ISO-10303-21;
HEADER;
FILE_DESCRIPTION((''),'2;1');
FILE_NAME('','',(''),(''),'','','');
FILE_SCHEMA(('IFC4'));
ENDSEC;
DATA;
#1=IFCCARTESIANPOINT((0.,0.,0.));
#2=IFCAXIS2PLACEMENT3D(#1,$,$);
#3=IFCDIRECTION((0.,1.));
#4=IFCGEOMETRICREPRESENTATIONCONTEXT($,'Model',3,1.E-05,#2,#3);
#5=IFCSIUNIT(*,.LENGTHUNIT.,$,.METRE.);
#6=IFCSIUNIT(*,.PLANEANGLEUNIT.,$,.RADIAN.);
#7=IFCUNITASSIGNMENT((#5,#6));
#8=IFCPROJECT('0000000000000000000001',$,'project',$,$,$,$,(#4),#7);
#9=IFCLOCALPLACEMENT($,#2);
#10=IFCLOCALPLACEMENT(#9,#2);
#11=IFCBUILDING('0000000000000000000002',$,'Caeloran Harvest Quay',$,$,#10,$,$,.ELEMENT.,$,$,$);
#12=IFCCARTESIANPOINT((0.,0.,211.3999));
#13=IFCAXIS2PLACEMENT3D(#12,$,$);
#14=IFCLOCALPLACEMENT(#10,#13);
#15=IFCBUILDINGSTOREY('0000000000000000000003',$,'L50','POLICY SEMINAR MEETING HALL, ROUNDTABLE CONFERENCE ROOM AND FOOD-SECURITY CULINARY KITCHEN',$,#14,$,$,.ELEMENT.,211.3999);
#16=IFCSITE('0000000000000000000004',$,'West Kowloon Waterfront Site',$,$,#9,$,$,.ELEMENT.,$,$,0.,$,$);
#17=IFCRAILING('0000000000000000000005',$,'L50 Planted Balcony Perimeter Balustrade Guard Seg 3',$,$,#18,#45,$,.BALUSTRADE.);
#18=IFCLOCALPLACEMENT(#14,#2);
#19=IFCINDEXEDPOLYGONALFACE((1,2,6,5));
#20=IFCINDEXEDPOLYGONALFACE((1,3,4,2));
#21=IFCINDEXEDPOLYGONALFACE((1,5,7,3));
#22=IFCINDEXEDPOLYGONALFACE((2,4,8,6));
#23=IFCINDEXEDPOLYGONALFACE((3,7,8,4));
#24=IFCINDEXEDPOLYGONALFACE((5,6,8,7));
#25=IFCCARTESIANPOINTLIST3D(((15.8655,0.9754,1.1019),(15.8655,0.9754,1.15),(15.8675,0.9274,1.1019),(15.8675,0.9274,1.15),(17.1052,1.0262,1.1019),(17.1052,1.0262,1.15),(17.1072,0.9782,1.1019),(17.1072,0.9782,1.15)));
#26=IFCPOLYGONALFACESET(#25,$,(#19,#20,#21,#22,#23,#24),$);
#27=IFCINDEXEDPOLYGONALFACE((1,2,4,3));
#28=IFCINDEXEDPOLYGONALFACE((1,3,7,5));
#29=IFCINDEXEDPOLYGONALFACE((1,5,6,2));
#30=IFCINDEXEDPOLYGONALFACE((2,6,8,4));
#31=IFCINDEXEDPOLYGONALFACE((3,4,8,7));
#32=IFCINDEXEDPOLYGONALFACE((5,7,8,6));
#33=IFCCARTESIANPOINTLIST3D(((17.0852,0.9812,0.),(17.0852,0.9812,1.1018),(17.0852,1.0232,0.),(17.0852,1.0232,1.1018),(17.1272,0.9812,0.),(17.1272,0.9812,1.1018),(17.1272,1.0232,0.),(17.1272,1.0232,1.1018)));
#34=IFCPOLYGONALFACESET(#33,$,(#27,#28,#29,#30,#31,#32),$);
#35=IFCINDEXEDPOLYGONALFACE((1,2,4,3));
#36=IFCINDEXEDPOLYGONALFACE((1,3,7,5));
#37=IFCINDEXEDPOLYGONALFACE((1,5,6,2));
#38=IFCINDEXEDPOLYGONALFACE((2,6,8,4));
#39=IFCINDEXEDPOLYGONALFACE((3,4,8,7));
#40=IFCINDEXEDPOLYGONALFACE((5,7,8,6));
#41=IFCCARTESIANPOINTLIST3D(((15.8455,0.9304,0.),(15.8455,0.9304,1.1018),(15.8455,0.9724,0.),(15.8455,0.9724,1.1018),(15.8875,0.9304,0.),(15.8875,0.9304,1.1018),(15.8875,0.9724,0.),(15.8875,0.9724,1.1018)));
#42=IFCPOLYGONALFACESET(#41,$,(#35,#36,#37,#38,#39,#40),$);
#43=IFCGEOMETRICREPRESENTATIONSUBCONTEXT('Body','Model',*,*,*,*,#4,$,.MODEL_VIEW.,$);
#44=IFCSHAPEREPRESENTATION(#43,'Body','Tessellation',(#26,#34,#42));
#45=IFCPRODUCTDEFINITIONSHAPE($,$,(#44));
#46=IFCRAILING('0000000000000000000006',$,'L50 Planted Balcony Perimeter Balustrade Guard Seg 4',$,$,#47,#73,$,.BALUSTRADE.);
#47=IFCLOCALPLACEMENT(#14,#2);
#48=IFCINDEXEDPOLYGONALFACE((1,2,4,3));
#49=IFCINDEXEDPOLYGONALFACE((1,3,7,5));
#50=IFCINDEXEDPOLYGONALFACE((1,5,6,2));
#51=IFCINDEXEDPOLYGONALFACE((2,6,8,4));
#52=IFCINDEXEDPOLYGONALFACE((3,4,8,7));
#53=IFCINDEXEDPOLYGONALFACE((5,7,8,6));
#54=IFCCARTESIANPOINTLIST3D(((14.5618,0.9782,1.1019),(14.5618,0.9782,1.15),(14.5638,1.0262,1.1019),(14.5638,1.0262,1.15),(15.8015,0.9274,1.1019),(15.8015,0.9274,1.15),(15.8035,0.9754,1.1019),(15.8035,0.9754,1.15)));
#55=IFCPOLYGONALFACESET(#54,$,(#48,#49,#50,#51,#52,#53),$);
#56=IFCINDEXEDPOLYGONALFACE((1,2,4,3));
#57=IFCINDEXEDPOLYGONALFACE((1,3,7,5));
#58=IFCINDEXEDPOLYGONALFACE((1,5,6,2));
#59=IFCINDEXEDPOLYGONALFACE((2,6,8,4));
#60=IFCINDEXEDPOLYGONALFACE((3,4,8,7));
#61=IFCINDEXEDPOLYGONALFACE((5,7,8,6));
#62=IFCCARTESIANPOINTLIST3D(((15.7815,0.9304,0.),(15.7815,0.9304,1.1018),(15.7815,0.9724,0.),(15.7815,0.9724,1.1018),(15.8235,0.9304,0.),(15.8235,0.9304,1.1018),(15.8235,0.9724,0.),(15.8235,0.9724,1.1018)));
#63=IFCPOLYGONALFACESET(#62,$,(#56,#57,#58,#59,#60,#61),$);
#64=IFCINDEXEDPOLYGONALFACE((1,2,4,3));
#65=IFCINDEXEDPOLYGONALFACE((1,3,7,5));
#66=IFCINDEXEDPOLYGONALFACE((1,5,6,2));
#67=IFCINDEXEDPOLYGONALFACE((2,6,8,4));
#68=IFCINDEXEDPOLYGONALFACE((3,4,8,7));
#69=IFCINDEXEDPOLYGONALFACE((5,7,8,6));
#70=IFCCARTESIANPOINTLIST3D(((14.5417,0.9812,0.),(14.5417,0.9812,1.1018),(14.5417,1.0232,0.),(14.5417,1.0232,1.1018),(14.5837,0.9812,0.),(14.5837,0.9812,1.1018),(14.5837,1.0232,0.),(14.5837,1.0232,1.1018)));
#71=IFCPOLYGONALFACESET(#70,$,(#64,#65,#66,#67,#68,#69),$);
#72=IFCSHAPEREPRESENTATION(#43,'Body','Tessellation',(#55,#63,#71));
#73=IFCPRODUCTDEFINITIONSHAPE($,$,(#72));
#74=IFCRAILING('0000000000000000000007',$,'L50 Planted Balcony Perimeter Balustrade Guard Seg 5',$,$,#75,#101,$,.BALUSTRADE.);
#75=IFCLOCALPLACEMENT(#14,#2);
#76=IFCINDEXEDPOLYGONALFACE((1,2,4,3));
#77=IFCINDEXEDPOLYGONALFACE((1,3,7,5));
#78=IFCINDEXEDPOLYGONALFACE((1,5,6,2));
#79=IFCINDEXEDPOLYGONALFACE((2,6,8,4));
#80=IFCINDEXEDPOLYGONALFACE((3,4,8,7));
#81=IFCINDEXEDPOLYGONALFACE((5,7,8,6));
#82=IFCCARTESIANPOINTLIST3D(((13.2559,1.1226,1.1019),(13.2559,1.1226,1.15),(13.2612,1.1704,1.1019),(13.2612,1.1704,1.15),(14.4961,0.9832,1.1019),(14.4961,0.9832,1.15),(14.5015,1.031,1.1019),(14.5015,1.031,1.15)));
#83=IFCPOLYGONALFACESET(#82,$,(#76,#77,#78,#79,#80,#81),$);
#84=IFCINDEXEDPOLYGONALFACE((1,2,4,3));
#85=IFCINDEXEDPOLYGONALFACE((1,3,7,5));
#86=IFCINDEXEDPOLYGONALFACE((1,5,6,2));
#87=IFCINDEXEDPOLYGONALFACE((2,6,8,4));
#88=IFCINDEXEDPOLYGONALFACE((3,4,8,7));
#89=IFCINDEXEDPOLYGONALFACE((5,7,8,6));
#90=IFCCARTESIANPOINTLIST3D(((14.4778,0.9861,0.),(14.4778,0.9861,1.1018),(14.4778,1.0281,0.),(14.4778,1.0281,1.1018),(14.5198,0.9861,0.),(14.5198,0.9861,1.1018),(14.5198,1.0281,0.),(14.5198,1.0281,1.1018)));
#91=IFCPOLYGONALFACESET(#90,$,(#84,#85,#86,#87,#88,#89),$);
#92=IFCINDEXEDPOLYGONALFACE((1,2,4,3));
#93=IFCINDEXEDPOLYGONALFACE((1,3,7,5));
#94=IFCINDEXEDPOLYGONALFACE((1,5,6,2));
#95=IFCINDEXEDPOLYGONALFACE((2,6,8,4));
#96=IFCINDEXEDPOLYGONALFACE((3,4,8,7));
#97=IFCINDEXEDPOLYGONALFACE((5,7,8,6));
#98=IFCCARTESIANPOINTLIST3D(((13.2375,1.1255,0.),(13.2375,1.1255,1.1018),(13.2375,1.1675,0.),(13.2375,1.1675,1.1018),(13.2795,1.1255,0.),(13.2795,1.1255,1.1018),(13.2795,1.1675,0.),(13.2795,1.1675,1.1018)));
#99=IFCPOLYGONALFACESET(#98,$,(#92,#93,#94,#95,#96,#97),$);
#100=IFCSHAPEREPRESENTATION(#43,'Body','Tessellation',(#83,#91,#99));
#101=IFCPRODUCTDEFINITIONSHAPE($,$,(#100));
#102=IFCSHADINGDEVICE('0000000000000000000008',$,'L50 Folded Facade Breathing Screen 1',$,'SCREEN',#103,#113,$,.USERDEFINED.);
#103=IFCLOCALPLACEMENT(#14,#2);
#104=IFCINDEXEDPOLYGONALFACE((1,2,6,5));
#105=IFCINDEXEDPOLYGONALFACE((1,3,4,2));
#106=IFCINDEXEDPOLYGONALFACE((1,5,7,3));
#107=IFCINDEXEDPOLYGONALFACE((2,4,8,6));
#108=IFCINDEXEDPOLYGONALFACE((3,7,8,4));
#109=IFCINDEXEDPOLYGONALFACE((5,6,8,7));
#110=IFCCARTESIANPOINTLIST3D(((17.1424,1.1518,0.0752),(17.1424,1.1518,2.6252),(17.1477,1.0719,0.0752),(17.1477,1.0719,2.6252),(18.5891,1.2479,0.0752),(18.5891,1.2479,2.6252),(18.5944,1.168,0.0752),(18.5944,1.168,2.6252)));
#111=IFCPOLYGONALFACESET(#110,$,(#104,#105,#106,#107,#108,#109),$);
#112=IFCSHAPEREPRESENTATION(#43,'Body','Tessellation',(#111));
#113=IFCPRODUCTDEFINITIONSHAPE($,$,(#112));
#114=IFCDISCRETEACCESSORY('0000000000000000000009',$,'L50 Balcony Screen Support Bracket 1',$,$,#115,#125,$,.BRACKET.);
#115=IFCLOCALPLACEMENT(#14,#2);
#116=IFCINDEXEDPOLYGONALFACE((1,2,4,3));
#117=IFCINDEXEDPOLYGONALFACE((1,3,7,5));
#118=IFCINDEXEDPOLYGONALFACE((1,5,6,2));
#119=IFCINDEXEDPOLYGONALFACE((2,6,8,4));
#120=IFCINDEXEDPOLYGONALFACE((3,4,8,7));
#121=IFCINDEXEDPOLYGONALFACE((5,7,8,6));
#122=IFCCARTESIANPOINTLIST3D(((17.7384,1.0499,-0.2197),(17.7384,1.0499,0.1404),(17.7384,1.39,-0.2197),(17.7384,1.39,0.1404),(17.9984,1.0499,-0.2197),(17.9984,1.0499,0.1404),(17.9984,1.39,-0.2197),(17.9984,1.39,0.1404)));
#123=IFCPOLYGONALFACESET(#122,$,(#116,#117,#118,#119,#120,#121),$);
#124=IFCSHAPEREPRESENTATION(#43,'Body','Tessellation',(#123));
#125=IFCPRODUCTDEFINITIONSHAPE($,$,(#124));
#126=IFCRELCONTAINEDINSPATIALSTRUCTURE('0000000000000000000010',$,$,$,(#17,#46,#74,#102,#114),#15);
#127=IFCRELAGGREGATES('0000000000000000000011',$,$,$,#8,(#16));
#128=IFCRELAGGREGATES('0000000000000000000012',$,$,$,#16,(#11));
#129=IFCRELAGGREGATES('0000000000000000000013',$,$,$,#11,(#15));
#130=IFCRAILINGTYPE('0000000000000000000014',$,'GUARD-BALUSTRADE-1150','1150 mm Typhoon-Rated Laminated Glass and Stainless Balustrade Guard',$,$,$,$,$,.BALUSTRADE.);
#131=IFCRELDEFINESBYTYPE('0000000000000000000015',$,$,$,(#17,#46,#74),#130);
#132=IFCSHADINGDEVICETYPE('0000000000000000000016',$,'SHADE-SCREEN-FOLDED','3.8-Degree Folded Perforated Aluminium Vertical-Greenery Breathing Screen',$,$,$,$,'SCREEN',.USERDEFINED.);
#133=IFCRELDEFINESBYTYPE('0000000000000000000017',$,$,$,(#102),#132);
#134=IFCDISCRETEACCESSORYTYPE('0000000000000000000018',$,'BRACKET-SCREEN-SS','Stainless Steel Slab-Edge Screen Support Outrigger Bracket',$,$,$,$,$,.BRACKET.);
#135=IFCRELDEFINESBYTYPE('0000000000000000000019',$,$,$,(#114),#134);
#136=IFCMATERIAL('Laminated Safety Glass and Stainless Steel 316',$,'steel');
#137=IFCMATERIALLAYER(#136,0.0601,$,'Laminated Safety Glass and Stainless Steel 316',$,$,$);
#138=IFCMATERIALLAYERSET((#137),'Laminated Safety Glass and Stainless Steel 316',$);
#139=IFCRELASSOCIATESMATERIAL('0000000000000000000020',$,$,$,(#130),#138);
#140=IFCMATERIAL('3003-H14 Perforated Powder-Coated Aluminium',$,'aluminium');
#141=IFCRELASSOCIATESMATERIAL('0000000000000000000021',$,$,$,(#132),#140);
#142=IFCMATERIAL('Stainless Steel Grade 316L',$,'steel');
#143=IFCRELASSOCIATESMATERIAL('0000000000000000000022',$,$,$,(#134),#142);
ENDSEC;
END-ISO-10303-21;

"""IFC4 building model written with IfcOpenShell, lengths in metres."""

from ifc_helpers import new_model, si_unit, direction, frame, origin, origin_2d, place, context, subcontext, project, spatial, rectangle, extrude, material, layer, layer_set, type_object, element, save


model = new_model("IFC4")

# Units and contexts
model_context = context("Model", 3, precision=1e-05, world=origin(), true_north=direction((0.0, 1.0)))
body_context = subcontext(model_context, "Body", "Model", "MODEL_VIEW")
ifc_project = project(units=[si_unit("LENGTHUNIT", "METRE"), si_unit("PLANEANGLEUNIT", "RADIAN")], contexts=[model_context])

# Site, building, storey
site_placement = place(None, origin())
site = spatial("IfcSite", under=ifc_project, at=site_placement, Name="West Kowloon Waterfront Site", CompositionType="ELEMENT", RefElevation=0.0)
building_placement = place(site_placement, origin())
building = spatial("IfcBuilding", under=site, at=building_placement, Name="Caeloran Harvest Quay", CompositionType="ELEMENT")
storey_placement = place(building_placement, frame((0.0, 0.0, 211.3999)))
storey = spatial("IfcBuildingStorey", under=building, at=storey_placement, Name="L50", Description="POLICY SEMINAR MEETING HALL, ROUNDTABLE CONFERENCE ROOM AND FOOD-SECURITY CULINARY KITCHEN", CompositionType="ELEMENT", Elevation=211.3999)

# Railings
ifc_material_1 = material(Name="Laminated Safety Glass and Stainless Steel 316", Category="steel")
ifc_layer_1 = layer(ifc_material_1, 0.0601, Name="Laminated Safety Glass and Stainless Steel 316")
ifc_layer_set_1 = layer_set([ifc_layer_1], Name="Laminated Safety Glass and Stainless Steel 316")
railing_type = type_object("IfcRailingType", Name="GUARD-BALUSTRADE-1150", Description="1150 mm Typhoon-Rated Laminated Glass and Stainless Balustrade Guard", PredefinedType="BALUSTRADE", material=ifc_layer_set_1)
railing_1_placement = place(storey_placement, frame((17.1062, 1.0022, 0.0)))
element("IfcRailing", 1, at=railing_1_placement, inside=storey, type_object=railing_type, Name="L50 Planted Balcony Perimeter Balustrade Guard Seg 3", PredefinedType="BALUSTRADE", context=body_context, shape_type="SweptSolid", body=[
    extrude(rectangle(XDim=0.0481, YDim=0.0481, at=origin_2d()), frame((0.0, 0.0, 1.126), z_axis=(-0.999162, -0.040927, 0.0), x_axis=(0.040927, -0.999162, 0.0)), (0.0, 0.0, 1.0), 1.2407),
    extrude(rectangle(XDim=0.042, YDim=0.042, at=origin_2d()), origin(), (0.0, 0.0, 1.0), 1.1018),
    extrude(rectangle(XDim=0.042, YDim=0.042, at=origin_2d()), frame((-1.2397, -0.0508, 0.0)), (0.0, 0.0, 1.0), 1.1018),
])
railing_2_placement = place(storey_placement, frame((15.8025, 0.9514, 0.0)))
element("IfcRailing", 2, at=railing_2_placement, inside=storey, type_object=railing_type, Name="L50 Planted Balcony Perimeter Balustrade Guard Seg 4", PredefinedType="BALUSTRADE", context=body_context, shape_type="SweptSolid", body=[
    extrude(rectangle(XDim=0.0481, YDim=0.0481, at=origin_2d()), frame((0.0, 0.0, 1.126), z_axis=(-0.999162, 0.040927, 0.0), x_axis=(-0.040927, -0.999162, 0.0)), (0.0, 0.0, 1.0), 1.2407),
    extrude(rectangle(XDim=0.042, YDim=0.042, at=origin_2d()), origin(), (0.0, 0.0, 1.0), 1.1018),
    extrude(rectangle(XDim=0.042, YDim=0.042, at=origin_2d()), frame((-1.2397, 0.0508, 0.0)), (0.0, 0.0, 1.0), 1.1018),
])
railing_3_placement = place(storey_placement, frame((14.4988, 1.0071, 0.0)))
element("IfcRailing", 3, at=railing_3_placement, inside=storey, type_object=railing_type, Name="L50 Planted Balcony Perimeter Balustrade Guard Seg 5", PredefinedType="BALUSTRADE", context=body_context, shape_type="SweptSolid", body=[
    extrude(rectangle(XDim=0.0481, YDim=0.0481, at=origin_2d()), frame((0.0, 0.0, 1.126), z_axis=(-0.993742, 0.111698, 0.0), x_axis=(-0.111698, -0.993742, 0.0)), (0.0, 0.0, 1.0), 1.248),
    extrude(rectangle(XDim=0.042, YDim=0.042, at=origin_2d()), origin(), (0.0, 0.0, 1.0), 1.1018),
    extrude(rectangle(XDim=0.042, YDim=0.042, at=origin_2d()), frame((-1.2402, 0.1394, 0.0)), (0.0, 0.0, 1.0), 1.1018),
])

# Shading device
ifc_material_2 = material(Name="3003-H14 Perforated Powder-Coated Aluminium", Category="aluminium")
shading_device_type = type_object("IfcShadingDeviceType", Name="SHADE-SCREEN-FOLDED", Description="3.8-Degree Folded Perforated Aluminium Vertical-Greenery Breathing Screen", ElementType="SCREEN", PredefinedType="USERDEFINED", material=ifc_material_2)
shading_device_placement = place(storey_placement, frame((17.8684, 1.1599, 0.0752), z_axis=(0.0, 0.0, 1.0), x_axis=(0.997801, 0.066274, 0.0)))
element("IfcShadingDevice", 4, at=shading_device_placement, inside=storey, type_object=shading_device_type, Name="L50 Folded Facade Breathing Screen 1", ObjectType="SCREEN", PredefinedType="USERDEFINED", context=body_context, shape_type="SweptSolid", body=[
    extrude(rectangle(XDim=1.45, YDim=0.0801, at=origin_2d()), origin(), (0.0, 0.0, 1.0), 2.55),
])

# Discrete accessory
ifc_material_3 = material(Name="Stainless Steel Grade 316L", Category="steel")
discrete_accessory_type = type_object("IfcDiscreteAccessoryType", Name="BRACKET-SCREEN-SS", Description="Stainless Steel Slab-Edge Screen Support Outrigger Bracket", PredefinedType="BRACKET", material=ifc_material_3)
discrete_accessory_placement = place(storey_placement, frame((17.8684, 1.22, -0.2197), z_axis=(0.0, 0.0, 1.0), x_axis=(1.0, 0.0, 0.0)))
element("IfcDiscreteAccessory", 5, at=discrete_accessory_placement, inside=storey, type_object=discrete_accessory_type, Name="L50 Balcony Screen Support Bracket 1", PredefinedType="BRACKET", context=body_context, shape_type="SweptSolid", body=[
    extrude(rectangle(XDim=0.26, YDim=0.3401, at=origin_2d()), origin(), (0.0, 0.0, 1.0), 0.3601),
])

save(model, "model.ifc")
